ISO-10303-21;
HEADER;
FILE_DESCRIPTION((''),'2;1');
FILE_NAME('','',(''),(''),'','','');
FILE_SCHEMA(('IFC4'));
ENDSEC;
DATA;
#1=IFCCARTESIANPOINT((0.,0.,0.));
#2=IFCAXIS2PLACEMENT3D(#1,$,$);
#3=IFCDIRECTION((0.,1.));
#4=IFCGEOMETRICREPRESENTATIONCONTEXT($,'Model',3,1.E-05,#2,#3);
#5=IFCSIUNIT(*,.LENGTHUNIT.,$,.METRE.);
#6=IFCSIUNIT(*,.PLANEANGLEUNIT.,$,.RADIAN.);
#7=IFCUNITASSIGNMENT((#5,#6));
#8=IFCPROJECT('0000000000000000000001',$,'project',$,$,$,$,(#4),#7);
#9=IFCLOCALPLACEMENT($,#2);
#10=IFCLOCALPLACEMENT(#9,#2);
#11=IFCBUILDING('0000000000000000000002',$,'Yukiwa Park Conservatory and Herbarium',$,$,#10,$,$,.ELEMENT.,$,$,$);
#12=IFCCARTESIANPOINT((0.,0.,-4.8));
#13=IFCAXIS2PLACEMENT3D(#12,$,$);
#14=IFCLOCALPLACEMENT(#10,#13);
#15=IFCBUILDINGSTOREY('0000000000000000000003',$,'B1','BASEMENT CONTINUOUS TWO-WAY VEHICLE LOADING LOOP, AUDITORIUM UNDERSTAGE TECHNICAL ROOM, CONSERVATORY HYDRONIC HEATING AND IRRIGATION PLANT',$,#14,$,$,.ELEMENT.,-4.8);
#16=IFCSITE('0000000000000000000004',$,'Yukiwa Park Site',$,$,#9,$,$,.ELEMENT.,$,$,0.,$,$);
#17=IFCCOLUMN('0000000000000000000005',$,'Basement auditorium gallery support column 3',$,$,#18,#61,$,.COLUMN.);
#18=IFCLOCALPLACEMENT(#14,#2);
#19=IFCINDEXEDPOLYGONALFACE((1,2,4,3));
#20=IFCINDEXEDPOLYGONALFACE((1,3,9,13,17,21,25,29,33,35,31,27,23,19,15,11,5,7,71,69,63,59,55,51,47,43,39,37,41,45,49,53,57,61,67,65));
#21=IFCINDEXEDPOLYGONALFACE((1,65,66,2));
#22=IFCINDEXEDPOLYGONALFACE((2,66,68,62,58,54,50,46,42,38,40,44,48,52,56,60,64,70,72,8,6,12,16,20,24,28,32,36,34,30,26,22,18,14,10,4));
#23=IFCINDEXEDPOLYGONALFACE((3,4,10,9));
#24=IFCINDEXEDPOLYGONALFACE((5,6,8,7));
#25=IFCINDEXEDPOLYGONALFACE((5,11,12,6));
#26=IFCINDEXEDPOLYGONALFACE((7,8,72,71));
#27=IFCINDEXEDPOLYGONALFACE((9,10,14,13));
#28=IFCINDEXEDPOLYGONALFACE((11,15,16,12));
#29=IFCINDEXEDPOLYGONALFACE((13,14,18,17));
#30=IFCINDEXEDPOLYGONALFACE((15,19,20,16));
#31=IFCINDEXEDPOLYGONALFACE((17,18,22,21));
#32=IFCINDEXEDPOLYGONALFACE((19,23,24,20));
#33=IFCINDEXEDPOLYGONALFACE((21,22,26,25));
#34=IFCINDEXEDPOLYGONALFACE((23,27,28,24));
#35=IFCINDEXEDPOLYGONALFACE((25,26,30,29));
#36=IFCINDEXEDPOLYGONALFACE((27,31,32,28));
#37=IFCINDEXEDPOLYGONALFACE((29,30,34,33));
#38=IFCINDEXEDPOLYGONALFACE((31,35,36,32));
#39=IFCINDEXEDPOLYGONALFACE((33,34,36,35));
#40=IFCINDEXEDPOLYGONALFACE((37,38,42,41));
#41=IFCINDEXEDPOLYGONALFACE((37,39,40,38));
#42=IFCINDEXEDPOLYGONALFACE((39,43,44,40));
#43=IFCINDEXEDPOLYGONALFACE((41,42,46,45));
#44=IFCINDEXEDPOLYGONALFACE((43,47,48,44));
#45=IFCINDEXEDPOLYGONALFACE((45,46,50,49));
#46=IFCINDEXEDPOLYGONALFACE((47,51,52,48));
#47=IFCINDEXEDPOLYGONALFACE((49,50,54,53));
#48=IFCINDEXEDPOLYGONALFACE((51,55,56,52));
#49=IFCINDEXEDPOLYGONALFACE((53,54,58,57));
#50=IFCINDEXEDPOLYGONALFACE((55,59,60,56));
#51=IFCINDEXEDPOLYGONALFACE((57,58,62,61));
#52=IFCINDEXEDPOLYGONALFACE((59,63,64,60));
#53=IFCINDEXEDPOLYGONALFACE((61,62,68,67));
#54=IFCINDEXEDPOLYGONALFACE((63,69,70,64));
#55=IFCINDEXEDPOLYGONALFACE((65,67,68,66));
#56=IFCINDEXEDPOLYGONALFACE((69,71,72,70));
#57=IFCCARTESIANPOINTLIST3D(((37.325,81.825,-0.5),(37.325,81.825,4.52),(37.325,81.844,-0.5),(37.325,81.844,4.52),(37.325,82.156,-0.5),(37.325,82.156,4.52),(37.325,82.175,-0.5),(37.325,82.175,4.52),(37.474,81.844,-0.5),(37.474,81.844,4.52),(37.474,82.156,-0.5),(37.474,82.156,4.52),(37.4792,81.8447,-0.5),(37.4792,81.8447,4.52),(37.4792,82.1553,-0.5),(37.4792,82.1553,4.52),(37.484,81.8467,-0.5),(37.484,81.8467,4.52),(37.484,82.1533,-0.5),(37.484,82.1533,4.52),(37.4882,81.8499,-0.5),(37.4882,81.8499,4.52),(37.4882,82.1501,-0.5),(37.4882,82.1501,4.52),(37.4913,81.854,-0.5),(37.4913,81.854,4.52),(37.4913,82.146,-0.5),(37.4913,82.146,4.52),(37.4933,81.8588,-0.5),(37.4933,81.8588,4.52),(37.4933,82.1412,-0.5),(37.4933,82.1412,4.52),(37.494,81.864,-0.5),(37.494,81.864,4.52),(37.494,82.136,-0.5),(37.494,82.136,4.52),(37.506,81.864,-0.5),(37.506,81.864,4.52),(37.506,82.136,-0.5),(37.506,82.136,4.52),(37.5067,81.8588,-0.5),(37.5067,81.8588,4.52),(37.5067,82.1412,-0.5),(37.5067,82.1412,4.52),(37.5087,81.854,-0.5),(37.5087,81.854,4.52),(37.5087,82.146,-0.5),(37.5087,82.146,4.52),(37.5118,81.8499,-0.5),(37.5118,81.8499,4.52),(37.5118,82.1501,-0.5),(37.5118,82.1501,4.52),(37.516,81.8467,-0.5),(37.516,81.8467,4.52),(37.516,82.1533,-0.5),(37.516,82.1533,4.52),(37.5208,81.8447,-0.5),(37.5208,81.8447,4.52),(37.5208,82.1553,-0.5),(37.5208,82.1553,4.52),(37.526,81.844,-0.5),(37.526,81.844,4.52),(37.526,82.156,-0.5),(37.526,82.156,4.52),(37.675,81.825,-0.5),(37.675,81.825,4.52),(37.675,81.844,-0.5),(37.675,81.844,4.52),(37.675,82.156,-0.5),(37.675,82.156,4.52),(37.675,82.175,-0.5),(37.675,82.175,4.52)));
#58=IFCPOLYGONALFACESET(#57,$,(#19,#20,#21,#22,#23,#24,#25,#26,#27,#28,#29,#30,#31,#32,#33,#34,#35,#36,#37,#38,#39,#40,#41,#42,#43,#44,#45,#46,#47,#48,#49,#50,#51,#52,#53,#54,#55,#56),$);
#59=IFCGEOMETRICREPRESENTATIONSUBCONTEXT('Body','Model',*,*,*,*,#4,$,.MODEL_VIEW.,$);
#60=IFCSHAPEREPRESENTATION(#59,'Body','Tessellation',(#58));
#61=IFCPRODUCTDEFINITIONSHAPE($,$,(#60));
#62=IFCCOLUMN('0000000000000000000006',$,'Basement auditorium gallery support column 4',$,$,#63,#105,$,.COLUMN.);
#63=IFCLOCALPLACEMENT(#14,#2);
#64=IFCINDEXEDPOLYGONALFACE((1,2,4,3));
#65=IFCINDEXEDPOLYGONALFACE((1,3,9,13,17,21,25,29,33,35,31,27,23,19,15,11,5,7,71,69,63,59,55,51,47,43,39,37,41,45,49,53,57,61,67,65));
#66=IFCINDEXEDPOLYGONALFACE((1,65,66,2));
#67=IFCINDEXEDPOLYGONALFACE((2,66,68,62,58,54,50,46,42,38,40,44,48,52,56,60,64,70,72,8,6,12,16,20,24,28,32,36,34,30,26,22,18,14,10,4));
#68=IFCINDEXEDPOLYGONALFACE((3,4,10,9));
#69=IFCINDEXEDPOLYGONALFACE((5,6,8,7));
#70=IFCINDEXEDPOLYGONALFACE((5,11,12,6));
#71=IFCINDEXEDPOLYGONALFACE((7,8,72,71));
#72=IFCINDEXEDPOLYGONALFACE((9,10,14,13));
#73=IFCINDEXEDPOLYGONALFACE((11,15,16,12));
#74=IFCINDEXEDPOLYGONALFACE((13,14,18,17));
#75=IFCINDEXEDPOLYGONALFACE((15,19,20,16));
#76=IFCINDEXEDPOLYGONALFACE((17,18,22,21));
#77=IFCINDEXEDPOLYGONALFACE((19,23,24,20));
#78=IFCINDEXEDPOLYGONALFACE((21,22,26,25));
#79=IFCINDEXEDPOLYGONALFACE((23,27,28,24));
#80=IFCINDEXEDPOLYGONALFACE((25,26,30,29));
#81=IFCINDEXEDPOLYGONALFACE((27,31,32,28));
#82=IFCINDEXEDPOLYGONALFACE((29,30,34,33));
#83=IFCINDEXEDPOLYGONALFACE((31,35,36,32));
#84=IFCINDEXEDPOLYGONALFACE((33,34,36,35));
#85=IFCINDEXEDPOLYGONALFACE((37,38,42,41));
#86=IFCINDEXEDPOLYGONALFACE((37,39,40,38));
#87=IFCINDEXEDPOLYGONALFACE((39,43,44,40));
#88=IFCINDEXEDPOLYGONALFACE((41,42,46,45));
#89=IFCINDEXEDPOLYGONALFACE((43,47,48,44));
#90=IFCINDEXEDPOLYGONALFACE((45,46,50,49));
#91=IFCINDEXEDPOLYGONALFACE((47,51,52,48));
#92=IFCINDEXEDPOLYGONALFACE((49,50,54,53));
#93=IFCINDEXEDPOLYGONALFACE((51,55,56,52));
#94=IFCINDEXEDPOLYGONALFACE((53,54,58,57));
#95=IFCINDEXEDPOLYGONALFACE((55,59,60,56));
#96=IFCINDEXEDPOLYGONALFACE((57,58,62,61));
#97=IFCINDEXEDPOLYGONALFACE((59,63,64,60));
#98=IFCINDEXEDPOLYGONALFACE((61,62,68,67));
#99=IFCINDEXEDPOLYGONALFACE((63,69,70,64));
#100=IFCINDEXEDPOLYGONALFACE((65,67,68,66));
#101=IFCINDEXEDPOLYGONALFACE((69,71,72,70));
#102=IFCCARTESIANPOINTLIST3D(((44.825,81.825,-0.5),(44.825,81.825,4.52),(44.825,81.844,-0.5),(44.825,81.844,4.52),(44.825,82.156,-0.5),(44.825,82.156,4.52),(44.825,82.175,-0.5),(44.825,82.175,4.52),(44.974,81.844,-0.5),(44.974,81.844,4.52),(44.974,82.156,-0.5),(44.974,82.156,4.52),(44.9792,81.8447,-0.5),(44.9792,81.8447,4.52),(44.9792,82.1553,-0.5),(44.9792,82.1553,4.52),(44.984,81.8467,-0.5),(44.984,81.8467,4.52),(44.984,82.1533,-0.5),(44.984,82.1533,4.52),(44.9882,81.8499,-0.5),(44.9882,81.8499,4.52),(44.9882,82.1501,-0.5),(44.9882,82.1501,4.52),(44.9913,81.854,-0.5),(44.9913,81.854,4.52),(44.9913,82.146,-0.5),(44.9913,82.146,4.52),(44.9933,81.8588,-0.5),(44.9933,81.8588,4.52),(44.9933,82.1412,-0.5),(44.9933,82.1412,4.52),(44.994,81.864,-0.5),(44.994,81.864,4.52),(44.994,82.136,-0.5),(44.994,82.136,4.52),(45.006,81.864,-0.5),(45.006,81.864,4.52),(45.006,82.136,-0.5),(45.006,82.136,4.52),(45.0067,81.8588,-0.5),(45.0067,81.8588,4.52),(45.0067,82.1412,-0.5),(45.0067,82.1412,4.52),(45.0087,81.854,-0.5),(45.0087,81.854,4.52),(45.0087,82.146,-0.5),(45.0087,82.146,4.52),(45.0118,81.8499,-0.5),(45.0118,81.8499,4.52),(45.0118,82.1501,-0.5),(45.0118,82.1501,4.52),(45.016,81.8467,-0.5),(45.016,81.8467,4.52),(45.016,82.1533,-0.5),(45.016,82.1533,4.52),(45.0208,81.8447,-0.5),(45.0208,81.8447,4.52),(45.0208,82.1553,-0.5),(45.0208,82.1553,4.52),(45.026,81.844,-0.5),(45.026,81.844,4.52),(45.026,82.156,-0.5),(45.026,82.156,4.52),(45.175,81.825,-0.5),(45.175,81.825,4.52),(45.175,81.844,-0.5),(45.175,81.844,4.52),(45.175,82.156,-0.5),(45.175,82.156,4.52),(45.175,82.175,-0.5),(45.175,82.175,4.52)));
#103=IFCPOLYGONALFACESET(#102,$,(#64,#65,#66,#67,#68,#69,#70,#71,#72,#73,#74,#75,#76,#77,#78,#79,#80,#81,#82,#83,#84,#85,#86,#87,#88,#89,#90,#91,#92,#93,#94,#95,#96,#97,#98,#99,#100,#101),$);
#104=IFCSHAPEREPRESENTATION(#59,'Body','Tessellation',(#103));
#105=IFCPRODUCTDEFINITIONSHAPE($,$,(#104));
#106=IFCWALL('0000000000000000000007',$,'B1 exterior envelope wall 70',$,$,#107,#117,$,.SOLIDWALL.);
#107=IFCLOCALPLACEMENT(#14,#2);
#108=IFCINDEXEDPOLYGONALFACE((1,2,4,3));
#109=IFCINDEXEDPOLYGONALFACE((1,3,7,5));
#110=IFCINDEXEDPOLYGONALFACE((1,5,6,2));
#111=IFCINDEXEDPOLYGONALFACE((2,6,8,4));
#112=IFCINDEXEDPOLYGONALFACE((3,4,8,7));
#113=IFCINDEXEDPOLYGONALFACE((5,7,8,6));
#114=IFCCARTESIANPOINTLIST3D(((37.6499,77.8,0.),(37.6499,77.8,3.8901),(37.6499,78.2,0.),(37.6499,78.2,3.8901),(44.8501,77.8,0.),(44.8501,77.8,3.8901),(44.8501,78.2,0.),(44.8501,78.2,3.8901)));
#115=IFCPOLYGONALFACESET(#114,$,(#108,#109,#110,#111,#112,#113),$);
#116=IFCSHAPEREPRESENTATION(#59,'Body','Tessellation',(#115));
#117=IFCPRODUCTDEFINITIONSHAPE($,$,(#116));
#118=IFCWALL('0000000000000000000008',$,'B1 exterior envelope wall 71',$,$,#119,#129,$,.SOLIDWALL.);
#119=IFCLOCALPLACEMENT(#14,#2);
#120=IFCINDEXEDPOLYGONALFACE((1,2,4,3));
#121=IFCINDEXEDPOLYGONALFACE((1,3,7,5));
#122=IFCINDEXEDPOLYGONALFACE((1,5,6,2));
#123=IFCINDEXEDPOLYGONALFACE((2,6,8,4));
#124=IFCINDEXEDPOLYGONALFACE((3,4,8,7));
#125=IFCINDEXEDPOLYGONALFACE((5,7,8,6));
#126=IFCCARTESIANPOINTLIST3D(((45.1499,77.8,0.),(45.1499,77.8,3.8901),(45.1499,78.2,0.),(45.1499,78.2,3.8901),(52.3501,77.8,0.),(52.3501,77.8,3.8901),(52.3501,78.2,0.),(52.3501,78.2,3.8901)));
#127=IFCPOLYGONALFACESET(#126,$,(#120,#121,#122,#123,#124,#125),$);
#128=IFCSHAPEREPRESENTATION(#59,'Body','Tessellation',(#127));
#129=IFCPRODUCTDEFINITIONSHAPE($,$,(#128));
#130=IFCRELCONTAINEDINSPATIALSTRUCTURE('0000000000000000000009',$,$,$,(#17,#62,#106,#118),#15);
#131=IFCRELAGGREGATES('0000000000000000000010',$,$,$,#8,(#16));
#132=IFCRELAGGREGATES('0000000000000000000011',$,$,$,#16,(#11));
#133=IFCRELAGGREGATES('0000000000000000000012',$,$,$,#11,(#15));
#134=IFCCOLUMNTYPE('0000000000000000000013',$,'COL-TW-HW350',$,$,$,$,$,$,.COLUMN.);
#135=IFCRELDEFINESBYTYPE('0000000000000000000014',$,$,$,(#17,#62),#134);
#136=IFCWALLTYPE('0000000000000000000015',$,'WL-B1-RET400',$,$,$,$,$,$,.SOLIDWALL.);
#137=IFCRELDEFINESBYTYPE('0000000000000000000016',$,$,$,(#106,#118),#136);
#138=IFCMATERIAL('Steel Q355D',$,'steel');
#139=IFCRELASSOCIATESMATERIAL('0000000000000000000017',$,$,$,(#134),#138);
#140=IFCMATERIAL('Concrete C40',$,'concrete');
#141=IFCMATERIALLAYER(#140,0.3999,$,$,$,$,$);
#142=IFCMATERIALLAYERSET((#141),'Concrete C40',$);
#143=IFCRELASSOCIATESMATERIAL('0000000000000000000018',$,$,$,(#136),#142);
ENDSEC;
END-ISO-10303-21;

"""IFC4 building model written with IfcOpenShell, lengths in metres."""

from ifc_helpers import new_model, si_unit, direction, frame, frame_2d, origin, origin_2d, place, context, subcontext, project, spatial, rectangle, i_section, extrude, material, layer, layer_set, material_profile, profile_set, type_object, element, save


model = new_model("IFC4")

# Units and contexts
model_context = context("Model", 3, precision=1e-05, world=origin(), true_north=direction((0.0, 1.0)))
body_context = subcontext(model_context, "Body", "Model", "MODEL_VIEW")
ifc_project = project(units=[si_unit("LENGTHUNIT", "METRE"), si_unit("PLANEANGLEUNIT", "RADIAN")], contexts=[model_context])

# Site, building, storey
site_placement = place(None, origin())
site = spatial("IfcSite", under=ifc_project, at=site_placement, Name="Yukiwa Park Site", CompositionType="ELEMENT", RefElevation=0.0)
building_placement = place(site_placement, origin())
building = spatial("IfcBuilding", under=site, at=building_placement, Name="Yukiwa Park Conservatory and Herbarium", CompositionType="ELEMENT")
storey_placement = place(building_placement, frame((0.0, 0.0, -4.8)))
storey = spatial("IfcBuildingStorey", under=building, at=storey_placement, Name="B1", Description="BASEMENT CONTINUOUS TWO-WAY VEHICLE LOADING LOOP, AUDITORIUM UNDERSTAGE TECHNICAL ROOM, CONSERVATORY HYDRONIC HEATING AND IRRIGATION PLANT", CompositionType="ELEMENT", Elevation=-4.8)

# Columns
ifc_material_1 = material(Name="Steel Q355D", Category="steel")
ifc_material_profile_1 = material_profile(ifc_material_1, i_section(OverallWidth=0.3501, OverallDepth=0.3501, WebThickness=0.012, FlangeThickness=0.019, FilletRadius=0.02, at=origin_2d()), Name="HW 350x350x12x19")
ifc_profile_set_1 = profile_set([ifc_material_profile_1], Name="Steel Q355D")
column_type_1 = type_object("IfcColumnType", Name="COL-TW-HW350", PredefinedType="COLUMN", material=ifc_profile_set_1)
for number, where, z_axis, x_axis, name in (
    (1, (37.5, 82.0, -0.5), (0.0, 0.0, 1.0), (1.0, 0.0, 0.0), "Basement auditorium gallery support column 3"),
    (2, (45.0, 82.0, -0.5), (0.0, 0.0, 1.0), (1.0, 0.0, 0.0), "Basement auditorium gallery support column 4"),
):
    element("IfcColumn", number, at=place(storey_placement, frame(where, z_axis=z_axis, x_axis=x_axis)), inside=storey, type_object=column_type_1, Name=name, PredefinedType="COLUMN", context=body_context, shape_type="SweptSolid", body=[
        extrude(i_section(OverallWidth=0.3501, OverallDepth=0.3501, WebThickness=0.012, FlangeThickness=0.019, FilletRadius=0.02, at=origin_2d()), origin(), (0.0, 0.0, 1.0), 5.02),
    ])

# Walls
ifc_material_2 = material(Name="Concrete C40", Category="concrete")
ifc_layer = layer(ifc_material_2, 0.3999)
ifc_layer_set = layer_set([ifc_layer], Name="Concrete C40")
wall_type = type_object("IfcWallType", Name="WL-B1-RET400", PredefinedType="SOLIDWALL", material=ifc_layer_set)
for number, where, z_axis, x_axis, name in (
    (3, (37.6499, 78.0, 0.0), (0.0, 0.0, 1.0), (1.0, 0.0, 0.0), "B1 exterior envelope wall 70"),
    (4, (45.1499, 78.0, 0.0), (0.0, 0.0, 1.0), (1.0, 0.0, 0.0), "B1 exterior envelope wall 71"),
):
    element("IfcWall", number, at=place(storey_placement, frame(where, z_axis=z_axis, x_axis=x_axis)), inside=storey, type_object=wall_type, Name=name, PredefinedType="SOLIDWALL", context=body_context, shape_type="SweptSolid", body=[
        extrude(rectangle(XDim=7.2002, YDim=0.3999, at=frame_2d((3.6001, 0.0))), origin(), (0.0, 0.0, 1.0), 3.8901),
    ])

save(model, "model.ifc")
